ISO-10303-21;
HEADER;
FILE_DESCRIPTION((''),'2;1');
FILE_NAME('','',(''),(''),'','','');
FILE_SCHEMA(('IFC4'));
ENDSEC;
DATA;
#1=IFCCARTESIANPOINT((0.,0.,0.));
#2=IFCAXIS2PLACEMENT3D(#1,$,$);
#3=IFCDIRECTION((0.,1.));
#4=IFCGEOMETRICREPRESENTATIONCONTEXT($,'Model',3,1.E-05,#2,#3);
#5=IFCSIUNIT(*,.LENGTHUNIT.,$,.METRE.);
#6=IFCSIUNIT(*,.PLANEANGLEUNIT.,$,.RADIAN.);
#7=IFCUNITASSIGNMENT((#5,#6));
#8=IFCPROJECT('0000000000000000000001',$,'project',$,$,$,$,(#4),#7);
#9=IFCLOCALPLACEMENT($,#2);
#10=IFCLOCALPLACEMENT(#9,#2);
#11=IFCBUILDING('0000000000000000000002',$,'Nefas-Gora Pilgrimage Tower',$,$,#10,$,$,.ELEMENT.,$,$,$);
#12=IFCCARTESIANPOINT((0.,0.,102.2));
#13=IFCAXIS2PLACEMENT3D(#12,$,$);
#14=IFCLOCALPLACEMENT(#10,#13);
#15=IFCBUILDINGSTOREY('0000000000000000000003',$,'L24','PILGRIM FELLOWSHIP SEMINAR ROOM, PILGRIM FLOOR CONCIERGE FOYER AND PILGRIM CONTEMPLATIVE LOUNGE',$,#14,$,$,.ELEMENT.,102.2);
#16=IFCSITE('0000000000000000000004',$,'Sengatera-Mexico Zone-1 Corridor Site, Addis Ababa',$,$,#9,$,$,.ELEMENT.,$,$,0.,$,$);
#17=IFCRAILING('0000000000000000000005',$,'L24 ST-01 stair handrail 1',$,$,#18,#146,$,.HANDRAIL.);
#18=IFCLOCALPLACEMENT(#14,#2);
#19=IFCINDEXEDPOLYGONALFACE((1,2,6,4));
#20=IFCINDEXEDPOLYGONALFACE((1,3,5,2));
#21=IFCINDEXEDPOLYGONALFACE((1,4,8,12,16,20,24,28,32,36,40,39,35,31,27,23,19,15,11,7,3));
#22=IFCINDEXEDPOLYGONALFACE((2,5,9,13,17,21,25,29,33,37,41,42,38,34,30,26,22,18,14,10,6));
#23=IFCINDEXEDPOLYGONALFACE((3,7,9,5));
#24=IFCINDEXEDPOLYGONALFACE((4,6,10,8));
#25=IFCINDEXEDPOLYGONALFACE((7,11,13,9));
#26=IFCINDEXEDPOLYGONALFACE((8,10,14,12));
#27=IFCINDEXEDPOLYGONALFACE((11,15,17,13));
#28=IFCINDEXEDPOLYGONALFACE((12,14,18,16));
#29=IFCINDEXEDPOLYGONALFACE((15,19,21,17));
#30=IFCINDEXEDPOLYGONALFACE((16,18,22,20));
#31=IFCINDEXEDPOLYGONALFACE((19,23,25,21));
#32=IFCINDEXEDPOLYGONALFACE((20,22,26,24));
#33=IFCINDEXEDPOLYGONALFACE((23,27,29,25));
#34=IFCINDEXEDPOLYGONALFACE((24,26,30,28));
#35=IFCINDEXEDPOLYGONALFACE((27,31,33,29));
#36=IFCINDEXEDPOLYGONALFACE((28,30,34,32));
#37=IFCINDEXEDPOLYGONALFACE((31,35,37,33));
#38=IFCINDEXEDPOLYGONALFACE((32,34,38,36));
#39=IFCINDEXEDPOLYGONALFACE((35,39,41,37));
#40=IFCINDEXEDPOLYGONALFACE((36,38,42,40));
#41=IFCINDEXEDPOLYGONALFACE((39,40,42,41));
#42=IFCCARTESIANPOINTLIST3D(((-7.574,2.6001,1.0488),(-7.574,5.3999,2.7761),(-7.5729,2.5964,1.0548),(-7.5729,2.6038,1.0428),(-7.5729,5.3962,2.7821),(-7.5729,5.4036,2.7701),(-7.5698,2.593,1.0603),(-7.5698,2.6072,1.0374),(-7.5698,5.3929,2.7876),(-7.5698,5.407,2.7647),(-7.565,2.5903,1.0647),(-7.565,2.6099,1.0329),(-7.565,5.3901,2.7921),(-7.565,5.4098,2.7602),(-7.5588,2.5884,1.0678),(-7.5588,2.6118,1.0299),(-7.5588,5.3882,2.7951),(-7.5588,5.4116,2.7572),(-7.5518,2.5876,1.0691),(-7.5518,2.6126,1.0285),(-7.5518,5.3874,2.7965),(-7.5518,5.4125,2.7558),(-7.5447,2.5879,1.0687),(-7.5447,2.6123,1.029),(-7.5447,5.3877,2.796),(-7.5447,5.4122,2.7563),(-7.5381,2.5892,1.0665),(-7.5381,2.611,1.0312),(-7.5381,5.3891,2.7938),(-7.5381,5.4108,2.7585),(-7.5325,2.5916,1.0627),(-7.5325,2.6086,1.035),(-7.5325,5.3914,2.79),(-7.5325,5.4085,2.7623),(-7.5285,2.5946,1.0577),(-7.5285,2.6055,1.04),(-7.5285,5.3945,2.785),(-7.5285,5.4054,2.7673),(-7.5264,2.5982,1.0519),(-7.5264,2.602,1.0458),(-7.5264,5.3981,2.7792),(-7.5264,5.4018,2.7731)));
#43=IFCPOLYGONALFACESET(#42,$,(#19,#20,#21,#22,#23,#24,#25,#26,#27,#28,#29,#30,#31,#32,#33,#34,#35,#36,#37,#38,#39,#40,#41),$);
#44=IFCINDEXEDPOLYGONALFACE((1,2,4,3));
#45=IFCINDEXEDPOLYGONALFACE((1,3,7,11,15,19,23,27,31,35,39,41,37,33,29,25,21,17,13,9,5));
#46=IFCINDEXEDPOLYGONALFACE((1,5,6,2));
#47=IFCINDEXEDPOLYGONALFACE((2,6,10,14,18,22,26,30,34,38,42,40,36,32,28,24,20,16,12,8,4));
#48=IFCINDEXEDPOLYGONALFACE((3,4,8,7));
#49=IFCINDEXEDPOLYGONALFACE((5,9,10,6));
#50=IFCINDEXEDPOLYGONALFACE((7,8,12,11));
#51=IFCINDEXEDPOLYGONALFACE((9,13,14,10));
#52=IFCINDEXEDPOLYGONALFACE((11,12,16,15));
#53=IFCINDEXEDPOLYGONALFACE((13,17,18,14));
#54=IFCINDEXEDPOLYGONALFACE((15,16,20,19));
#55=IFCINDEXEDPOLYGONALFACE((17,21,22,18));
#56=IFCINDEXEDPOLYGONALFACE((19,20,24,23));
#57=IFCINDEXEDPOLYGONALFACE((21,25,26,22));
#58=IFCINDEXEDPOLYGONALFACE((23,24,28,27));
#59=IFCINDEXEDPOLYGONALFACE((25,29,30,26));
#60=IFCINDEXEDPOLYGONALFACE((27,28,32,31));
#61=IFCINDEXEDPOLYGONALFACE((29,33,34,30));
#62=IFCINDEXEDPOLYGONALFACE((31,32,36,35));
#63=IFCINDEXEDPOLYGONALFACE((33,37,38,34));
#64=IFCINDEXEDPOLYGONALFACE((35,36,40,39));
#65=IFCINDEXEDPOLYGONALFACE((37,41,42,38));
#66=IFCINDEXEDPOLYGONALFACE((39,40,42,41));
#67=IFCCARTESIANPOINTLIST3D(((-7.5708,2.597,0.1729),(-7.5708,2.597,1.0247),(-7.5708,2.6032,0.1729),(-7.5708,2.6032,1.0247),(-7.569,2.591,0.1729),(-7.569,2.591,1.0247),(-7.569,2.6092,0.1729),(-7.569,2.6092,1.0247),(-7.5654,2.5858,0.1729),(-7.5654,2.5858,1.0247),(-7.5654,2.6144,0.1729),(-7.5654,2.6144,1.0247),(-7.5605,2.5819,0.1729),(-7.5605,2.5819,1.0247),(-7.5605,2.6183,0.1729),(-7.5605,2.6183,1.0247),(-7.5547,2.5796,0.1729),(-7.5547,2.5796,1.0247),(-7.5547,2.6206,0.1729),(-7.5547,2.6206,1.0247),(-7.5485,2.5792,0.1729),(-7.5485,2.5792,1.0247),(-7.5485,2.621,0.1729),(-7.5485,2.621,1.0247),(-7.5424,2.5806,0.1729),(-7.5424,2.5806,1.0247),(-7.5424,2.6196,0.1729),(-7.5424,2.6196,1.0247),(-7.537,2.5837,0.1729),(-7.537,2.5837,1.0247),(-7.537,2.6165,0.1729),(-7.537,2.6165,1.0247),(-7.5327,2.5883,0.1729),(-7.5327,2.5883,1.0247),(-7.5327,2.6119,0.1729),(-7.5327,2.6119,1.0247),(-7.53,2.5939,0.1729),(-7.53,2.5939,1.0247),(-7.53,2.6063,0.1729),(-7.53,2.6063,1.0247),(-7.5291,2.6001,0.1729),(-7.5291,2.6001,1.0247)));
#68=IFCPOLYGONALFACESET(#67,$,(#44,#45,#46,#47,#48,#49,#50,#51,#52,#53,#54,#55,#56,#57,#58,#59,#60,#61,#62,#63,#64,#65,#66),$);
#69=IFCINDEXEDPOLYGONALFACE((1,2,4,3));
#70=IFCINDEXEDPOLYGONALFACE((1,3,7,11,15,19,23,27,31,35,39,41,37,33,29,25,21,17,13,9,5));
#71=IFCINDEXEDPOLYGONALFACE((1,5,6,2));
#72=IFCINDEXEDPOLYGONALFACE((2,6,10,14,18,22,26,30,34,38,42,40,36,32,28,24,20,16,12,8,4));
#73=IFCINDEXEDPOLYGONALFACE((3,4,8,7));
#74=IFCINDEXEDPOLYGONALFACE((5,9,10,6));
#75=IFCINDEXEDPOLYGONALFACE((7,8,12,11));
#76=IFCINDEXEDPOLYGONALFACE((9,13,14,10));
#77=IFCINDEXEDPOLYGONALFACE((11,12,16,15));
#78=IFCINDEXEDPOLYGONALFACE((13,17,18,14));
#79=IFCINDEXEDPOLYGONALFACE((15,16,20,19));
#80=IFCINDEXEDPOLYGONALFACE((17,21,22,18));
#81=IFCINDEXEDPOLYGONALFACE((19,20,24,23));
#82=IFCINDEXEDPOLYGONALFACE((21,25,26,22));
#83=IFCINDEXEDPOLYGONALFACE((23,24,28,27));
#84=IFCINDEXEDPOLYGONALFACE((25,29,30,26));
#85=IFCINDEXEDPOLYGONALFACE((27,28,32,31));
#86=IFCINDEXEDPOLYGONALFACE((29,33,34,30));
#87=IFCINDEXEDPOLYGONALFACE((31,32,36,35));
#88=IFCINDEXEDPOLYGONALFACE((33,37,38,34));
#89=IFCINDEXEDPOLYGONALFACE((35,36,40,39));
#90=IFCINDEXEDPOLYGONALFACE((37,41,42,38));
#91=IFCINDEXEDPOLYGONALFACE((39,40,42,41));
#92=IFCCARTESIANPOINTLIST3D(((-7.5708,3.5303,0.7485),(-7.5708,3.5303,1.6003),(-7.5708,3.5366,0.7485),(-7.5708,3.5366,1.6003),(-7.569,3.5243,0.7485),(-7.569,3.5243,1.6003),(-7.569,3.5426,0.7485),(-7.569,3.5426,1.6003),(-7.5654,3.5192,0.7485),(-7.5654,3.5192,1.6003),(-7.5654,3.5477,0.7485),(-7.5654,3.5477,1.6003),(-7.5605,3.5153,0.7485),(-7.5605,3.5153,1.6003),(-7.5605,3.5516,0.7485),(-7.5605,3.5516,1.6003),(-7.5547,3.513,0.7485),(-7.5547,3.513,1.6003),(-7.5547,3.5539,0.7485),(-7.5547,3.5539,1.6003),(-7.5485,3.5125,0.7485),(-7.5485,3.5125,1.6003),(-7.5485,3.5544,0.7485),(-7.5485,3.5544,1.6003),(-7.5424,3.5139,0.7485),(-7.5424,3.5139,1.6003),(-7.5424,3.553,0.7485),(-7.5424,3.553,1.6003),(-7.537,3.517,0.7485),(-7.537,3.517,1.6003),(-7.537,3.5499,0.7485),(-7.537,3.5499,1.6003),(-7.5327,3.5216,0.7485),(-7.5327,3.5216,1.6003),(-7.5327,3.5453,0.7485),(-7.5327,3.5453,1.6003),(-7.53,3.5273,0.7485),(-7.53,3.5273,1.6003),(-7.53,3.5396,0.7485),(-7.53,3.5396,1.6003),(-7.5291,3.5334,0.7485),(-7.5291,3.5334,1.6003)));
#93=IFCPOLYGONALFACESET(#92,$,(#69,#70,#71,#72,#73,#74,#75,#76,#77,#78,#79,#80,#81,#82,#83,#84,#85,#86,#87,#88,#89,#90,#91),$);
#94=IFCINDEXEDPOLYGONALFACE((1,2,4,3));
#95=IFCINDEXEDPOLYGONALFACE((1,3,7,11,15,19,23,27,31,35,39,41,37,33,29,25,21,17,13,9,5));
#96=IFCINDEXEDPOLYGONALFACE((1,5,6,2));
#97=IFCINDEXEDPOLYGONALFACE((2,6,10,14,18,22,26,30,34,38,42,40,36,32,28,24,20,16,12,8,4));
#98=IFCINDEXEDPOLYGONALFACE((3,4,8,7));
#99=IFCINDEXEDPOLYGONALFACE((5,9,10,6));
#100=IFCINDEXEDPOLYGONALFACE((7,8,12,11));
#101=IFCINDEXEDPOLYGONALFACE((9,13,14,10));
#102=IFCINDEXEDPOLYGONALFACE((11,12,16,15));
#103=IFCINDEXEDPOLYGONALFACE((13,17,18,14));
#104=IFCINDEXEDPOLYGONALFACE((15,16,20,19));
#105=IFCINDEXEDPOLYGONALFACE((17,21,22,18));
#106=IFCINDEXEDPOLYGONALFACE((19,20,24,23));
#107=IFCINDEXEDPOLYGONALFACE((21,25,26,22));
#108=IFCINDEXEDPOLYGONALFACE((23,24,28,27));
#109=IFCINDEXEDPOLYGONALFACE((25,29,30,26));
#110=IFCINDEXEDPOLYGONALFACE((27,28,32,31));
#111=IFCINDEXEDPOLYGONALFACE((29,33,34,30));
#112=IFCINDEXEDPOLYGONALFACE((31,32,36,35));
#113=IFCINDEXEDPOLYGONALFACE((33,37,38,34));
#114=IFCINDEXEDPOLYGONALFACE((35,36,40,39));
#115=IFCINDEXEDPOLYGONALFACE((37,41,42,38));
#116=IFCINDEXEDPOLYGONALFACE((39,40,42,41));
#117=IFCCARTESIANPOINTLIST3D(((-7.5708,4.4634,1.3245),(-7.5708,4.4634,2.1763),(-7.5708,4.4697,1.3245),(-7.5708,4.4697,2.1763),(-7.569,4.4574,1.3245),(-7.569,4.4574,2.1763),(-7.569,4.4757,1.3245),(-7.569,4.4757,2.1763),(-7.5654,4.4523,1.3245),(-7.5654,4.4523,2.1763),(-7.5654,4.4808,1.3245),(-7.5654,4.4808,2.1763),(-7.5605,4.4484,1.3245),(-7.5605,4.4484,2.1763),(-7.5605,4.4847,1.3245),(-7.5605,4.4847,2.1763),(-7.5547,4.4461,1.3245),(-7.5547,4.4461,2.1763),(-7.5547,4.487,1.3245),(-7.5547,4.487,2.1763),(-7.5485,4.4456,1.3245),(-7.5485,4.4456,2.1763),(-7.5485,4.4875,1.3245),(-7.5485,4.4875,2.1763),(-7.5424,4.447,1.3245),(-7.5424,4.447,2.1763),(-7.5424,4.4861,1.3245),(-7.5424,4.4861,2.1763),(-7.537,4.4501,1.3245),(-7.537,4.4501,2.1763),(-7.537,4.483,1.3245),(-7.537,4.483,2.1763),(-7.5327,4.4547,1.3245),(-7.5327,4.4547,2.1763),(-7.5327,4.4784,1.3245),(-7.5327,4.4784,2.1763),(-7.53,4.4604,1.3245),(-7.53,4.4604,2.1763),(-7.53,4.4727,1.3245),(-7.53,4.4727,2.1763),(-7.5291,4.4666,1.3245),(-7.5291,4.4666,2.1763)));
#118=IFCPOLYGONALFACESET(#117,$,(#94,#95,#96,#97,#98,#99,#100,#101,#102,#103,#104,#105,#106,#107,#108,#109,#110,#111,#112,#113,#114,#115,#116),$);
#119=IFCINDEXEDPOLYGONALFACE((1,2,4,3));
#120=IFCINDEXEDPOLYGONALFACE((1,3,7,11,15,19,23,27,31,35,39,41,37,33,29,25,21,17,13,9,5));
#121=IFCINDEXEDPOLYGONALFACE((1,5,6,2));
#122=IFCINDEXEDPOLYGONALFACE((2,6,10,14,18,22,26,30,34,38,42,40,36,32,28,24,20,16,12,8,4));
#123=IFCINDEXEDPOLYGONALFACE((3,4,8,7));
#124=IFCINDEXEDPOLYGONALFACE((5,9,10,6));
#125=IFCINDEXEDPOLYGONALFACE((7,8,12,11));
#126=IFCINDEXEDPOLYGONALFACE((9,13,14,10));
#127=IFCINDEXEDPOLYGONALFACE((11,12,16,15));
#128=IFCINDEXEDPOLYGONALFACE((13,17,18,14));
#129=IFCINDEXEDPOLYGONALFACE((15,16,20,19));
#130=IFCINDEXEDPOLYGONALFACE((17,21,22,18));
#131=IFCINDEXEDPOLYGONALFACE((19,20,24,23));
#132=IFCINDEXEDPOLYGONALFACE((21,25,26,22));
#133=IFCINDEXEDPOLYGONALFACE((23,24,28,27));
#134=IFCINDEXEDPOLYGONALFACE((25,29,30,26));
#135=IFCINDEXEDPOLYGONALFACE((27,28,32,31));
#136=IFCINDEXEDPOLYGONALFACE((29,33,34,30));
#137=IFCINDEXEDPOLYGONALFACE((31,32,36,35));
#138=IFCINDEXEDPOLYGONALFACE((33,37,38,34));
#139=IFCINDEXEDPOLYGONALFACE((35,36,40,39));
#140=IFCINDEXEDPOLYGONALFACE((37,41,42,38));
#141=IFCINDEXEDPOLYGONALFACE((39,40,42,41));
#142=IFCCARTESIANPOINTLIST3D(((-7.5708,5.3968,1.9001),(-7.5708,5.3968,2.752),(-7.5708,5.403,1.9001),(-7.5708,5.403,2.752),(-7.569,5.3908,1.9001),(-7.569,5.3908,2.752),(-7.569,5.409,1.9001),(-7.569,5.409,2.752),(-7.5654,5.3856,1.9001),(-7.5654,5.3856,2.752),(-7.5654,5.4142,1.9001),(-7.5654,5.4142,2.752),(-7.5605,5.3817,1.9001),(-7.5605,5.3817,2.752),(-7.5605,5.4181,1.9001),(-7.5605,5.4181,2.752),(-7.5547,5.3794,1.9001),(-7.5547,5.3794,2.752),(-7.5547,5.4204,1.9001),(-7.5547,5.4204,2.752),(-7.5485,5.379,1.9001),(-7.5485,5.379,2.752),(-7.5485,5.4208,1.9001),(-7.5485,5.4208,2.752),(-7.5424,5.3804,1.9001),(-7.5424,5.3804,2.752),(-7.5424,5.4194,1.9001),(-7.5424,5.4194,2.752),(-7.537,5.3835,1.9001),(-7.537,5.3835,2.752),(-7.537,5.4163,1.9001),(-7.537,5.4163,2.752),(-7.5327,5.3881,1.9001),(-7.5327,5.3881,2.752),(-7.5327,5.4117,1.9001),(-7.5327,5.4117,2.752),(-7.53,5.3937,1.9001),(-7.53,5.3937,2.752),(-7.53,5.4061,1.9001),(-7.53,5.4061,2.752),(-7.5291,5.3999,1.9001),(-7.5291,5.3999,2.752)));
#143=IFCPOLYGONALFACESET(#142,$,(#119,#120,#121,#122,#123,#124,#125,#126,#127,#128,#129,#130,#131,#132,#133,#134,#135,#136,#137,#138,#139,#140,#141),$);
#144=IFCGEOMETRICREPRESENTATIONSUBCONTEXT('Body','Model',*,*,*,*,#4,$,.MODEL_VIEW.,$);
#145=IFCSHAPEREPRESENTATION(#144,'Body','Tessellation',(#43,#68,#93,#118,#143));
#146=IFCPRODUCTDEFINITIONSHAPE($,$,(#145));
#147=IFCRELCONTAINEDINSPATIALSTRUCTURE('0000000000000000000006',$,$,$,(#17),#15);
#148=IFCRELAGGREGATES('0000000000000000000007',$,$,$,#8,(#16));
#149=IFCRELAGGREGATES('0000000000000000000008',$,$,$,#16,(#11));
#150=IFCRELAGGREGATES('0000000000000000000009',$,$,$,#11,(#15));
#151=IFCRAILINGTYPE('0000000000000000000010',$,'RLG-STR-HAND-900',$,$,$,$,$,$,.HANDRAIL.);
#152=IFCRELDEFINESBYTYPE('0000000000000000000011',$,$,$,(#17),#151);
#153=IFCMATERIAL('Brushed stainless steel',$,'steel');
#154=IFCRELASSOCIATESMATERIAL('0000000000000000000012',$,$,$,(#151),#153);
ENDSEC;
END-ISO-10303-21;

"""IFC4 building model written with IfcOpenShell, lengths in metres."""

from ifc_helpers import new_model, si_unit, direction, frame, origin, origin_2d, place, context, subcontext, project, spatial, circle, extrude, material, type_object, element, save


model = new_model("IFC4")

# Units and contexts
model_context = context("Model", 3, precision=1e-05, world=origin(), true_north=direction((0.0, 1.0)))
body_context = subcontext(model_context, "Body", "Model", "MODEL_VIEW")
ifc_project = project(units=[si_unit("LENGTHUNIT", "METRE"), si_unit("PLANEANGLEUNIT", "RADIAN")], contexts=[model_context])

# Site, building, storey
site_placement = place(None, origin())
site = spatial("IfcSite", under=ifc_project, at=site_placement, Name="Sengatera-Mexico Zone-1 Corridor Site, Addis Ababa", CompositionType="ELEMENT", RefElevation=0.0)
building_placement = place(site_placement, origin())
building = spatial("IfcBuilding", under=site, at=building_placement, Name="Nefas-Gora Pilgrimage Tower", CompositionType="ELEMENT")
storey_placement = place(building_placement, frame((0.0, 0.0, 102.2)))
storey = spatial("IfcBuildingStorey", under=building, at=storey_placement, Name="L24", Description="PILGRIM FELLOWSHIP SEMINAR ROOM, PILGRIM FLOOR CONCIERGE FOYER AND PILGRIM CONTEMPLATIVE LOUNGE", CompositionType="ELEMENT", Elevation=102.2)

# Railing
ifc_material_1 = material(Name="Brushed stainless steel", Category="steel")
railing_type_1 = type_object("IfcRailingType", Name="RLG-STR-HAND-900", PredefinedType="HANDRAIL", material=ifc_material_1)
railing_1_placement = place(storey_placement, frame((-7.55, 2.6001, 0.1729)))
element("IfcRailing", 1, at=railing_1_placement, inside=storey, type_object=railing_type_1, Name="L24 ST-01 stair handrail 1", PredefinedType="HANDRAIL", context=body_context, shape_type="SweptSolid", body=[
    extrude(circle(Radius=0.0239, at=origin_2d()), frame((0.0, 0.0, 0.876), z_axis=(0.0, 0.851069, 0.525054), x_axis=(-1.0, 0.0, 0.0)), (0.0, 0.0, 1.0), 3.2898),
    extrude(circle(Radius=0.021, at=origin_2d()), origin(), (0.0, 0.0, 1.0), 0.8518),
    extrude(circle(Radius=0.021, at=origin_2d()), frame((0.0, 0.9333, 0.5757)), (0.0, 0.0, 1.0), 0.8518),
    extrude(circle(Radius=0.021, at=origin_2d()), frame((0.0, 1.8665, 1.1516)), (0.0, 0.0, 1.0), 0.8518),
    extrude(circle(Radius=0.021, at=origin_2d()), frame((0.0, 2.7998, 1.7273)), (0.0, 0.0, 1.0), 0.8518),
])

save(model, "model.ifc")
